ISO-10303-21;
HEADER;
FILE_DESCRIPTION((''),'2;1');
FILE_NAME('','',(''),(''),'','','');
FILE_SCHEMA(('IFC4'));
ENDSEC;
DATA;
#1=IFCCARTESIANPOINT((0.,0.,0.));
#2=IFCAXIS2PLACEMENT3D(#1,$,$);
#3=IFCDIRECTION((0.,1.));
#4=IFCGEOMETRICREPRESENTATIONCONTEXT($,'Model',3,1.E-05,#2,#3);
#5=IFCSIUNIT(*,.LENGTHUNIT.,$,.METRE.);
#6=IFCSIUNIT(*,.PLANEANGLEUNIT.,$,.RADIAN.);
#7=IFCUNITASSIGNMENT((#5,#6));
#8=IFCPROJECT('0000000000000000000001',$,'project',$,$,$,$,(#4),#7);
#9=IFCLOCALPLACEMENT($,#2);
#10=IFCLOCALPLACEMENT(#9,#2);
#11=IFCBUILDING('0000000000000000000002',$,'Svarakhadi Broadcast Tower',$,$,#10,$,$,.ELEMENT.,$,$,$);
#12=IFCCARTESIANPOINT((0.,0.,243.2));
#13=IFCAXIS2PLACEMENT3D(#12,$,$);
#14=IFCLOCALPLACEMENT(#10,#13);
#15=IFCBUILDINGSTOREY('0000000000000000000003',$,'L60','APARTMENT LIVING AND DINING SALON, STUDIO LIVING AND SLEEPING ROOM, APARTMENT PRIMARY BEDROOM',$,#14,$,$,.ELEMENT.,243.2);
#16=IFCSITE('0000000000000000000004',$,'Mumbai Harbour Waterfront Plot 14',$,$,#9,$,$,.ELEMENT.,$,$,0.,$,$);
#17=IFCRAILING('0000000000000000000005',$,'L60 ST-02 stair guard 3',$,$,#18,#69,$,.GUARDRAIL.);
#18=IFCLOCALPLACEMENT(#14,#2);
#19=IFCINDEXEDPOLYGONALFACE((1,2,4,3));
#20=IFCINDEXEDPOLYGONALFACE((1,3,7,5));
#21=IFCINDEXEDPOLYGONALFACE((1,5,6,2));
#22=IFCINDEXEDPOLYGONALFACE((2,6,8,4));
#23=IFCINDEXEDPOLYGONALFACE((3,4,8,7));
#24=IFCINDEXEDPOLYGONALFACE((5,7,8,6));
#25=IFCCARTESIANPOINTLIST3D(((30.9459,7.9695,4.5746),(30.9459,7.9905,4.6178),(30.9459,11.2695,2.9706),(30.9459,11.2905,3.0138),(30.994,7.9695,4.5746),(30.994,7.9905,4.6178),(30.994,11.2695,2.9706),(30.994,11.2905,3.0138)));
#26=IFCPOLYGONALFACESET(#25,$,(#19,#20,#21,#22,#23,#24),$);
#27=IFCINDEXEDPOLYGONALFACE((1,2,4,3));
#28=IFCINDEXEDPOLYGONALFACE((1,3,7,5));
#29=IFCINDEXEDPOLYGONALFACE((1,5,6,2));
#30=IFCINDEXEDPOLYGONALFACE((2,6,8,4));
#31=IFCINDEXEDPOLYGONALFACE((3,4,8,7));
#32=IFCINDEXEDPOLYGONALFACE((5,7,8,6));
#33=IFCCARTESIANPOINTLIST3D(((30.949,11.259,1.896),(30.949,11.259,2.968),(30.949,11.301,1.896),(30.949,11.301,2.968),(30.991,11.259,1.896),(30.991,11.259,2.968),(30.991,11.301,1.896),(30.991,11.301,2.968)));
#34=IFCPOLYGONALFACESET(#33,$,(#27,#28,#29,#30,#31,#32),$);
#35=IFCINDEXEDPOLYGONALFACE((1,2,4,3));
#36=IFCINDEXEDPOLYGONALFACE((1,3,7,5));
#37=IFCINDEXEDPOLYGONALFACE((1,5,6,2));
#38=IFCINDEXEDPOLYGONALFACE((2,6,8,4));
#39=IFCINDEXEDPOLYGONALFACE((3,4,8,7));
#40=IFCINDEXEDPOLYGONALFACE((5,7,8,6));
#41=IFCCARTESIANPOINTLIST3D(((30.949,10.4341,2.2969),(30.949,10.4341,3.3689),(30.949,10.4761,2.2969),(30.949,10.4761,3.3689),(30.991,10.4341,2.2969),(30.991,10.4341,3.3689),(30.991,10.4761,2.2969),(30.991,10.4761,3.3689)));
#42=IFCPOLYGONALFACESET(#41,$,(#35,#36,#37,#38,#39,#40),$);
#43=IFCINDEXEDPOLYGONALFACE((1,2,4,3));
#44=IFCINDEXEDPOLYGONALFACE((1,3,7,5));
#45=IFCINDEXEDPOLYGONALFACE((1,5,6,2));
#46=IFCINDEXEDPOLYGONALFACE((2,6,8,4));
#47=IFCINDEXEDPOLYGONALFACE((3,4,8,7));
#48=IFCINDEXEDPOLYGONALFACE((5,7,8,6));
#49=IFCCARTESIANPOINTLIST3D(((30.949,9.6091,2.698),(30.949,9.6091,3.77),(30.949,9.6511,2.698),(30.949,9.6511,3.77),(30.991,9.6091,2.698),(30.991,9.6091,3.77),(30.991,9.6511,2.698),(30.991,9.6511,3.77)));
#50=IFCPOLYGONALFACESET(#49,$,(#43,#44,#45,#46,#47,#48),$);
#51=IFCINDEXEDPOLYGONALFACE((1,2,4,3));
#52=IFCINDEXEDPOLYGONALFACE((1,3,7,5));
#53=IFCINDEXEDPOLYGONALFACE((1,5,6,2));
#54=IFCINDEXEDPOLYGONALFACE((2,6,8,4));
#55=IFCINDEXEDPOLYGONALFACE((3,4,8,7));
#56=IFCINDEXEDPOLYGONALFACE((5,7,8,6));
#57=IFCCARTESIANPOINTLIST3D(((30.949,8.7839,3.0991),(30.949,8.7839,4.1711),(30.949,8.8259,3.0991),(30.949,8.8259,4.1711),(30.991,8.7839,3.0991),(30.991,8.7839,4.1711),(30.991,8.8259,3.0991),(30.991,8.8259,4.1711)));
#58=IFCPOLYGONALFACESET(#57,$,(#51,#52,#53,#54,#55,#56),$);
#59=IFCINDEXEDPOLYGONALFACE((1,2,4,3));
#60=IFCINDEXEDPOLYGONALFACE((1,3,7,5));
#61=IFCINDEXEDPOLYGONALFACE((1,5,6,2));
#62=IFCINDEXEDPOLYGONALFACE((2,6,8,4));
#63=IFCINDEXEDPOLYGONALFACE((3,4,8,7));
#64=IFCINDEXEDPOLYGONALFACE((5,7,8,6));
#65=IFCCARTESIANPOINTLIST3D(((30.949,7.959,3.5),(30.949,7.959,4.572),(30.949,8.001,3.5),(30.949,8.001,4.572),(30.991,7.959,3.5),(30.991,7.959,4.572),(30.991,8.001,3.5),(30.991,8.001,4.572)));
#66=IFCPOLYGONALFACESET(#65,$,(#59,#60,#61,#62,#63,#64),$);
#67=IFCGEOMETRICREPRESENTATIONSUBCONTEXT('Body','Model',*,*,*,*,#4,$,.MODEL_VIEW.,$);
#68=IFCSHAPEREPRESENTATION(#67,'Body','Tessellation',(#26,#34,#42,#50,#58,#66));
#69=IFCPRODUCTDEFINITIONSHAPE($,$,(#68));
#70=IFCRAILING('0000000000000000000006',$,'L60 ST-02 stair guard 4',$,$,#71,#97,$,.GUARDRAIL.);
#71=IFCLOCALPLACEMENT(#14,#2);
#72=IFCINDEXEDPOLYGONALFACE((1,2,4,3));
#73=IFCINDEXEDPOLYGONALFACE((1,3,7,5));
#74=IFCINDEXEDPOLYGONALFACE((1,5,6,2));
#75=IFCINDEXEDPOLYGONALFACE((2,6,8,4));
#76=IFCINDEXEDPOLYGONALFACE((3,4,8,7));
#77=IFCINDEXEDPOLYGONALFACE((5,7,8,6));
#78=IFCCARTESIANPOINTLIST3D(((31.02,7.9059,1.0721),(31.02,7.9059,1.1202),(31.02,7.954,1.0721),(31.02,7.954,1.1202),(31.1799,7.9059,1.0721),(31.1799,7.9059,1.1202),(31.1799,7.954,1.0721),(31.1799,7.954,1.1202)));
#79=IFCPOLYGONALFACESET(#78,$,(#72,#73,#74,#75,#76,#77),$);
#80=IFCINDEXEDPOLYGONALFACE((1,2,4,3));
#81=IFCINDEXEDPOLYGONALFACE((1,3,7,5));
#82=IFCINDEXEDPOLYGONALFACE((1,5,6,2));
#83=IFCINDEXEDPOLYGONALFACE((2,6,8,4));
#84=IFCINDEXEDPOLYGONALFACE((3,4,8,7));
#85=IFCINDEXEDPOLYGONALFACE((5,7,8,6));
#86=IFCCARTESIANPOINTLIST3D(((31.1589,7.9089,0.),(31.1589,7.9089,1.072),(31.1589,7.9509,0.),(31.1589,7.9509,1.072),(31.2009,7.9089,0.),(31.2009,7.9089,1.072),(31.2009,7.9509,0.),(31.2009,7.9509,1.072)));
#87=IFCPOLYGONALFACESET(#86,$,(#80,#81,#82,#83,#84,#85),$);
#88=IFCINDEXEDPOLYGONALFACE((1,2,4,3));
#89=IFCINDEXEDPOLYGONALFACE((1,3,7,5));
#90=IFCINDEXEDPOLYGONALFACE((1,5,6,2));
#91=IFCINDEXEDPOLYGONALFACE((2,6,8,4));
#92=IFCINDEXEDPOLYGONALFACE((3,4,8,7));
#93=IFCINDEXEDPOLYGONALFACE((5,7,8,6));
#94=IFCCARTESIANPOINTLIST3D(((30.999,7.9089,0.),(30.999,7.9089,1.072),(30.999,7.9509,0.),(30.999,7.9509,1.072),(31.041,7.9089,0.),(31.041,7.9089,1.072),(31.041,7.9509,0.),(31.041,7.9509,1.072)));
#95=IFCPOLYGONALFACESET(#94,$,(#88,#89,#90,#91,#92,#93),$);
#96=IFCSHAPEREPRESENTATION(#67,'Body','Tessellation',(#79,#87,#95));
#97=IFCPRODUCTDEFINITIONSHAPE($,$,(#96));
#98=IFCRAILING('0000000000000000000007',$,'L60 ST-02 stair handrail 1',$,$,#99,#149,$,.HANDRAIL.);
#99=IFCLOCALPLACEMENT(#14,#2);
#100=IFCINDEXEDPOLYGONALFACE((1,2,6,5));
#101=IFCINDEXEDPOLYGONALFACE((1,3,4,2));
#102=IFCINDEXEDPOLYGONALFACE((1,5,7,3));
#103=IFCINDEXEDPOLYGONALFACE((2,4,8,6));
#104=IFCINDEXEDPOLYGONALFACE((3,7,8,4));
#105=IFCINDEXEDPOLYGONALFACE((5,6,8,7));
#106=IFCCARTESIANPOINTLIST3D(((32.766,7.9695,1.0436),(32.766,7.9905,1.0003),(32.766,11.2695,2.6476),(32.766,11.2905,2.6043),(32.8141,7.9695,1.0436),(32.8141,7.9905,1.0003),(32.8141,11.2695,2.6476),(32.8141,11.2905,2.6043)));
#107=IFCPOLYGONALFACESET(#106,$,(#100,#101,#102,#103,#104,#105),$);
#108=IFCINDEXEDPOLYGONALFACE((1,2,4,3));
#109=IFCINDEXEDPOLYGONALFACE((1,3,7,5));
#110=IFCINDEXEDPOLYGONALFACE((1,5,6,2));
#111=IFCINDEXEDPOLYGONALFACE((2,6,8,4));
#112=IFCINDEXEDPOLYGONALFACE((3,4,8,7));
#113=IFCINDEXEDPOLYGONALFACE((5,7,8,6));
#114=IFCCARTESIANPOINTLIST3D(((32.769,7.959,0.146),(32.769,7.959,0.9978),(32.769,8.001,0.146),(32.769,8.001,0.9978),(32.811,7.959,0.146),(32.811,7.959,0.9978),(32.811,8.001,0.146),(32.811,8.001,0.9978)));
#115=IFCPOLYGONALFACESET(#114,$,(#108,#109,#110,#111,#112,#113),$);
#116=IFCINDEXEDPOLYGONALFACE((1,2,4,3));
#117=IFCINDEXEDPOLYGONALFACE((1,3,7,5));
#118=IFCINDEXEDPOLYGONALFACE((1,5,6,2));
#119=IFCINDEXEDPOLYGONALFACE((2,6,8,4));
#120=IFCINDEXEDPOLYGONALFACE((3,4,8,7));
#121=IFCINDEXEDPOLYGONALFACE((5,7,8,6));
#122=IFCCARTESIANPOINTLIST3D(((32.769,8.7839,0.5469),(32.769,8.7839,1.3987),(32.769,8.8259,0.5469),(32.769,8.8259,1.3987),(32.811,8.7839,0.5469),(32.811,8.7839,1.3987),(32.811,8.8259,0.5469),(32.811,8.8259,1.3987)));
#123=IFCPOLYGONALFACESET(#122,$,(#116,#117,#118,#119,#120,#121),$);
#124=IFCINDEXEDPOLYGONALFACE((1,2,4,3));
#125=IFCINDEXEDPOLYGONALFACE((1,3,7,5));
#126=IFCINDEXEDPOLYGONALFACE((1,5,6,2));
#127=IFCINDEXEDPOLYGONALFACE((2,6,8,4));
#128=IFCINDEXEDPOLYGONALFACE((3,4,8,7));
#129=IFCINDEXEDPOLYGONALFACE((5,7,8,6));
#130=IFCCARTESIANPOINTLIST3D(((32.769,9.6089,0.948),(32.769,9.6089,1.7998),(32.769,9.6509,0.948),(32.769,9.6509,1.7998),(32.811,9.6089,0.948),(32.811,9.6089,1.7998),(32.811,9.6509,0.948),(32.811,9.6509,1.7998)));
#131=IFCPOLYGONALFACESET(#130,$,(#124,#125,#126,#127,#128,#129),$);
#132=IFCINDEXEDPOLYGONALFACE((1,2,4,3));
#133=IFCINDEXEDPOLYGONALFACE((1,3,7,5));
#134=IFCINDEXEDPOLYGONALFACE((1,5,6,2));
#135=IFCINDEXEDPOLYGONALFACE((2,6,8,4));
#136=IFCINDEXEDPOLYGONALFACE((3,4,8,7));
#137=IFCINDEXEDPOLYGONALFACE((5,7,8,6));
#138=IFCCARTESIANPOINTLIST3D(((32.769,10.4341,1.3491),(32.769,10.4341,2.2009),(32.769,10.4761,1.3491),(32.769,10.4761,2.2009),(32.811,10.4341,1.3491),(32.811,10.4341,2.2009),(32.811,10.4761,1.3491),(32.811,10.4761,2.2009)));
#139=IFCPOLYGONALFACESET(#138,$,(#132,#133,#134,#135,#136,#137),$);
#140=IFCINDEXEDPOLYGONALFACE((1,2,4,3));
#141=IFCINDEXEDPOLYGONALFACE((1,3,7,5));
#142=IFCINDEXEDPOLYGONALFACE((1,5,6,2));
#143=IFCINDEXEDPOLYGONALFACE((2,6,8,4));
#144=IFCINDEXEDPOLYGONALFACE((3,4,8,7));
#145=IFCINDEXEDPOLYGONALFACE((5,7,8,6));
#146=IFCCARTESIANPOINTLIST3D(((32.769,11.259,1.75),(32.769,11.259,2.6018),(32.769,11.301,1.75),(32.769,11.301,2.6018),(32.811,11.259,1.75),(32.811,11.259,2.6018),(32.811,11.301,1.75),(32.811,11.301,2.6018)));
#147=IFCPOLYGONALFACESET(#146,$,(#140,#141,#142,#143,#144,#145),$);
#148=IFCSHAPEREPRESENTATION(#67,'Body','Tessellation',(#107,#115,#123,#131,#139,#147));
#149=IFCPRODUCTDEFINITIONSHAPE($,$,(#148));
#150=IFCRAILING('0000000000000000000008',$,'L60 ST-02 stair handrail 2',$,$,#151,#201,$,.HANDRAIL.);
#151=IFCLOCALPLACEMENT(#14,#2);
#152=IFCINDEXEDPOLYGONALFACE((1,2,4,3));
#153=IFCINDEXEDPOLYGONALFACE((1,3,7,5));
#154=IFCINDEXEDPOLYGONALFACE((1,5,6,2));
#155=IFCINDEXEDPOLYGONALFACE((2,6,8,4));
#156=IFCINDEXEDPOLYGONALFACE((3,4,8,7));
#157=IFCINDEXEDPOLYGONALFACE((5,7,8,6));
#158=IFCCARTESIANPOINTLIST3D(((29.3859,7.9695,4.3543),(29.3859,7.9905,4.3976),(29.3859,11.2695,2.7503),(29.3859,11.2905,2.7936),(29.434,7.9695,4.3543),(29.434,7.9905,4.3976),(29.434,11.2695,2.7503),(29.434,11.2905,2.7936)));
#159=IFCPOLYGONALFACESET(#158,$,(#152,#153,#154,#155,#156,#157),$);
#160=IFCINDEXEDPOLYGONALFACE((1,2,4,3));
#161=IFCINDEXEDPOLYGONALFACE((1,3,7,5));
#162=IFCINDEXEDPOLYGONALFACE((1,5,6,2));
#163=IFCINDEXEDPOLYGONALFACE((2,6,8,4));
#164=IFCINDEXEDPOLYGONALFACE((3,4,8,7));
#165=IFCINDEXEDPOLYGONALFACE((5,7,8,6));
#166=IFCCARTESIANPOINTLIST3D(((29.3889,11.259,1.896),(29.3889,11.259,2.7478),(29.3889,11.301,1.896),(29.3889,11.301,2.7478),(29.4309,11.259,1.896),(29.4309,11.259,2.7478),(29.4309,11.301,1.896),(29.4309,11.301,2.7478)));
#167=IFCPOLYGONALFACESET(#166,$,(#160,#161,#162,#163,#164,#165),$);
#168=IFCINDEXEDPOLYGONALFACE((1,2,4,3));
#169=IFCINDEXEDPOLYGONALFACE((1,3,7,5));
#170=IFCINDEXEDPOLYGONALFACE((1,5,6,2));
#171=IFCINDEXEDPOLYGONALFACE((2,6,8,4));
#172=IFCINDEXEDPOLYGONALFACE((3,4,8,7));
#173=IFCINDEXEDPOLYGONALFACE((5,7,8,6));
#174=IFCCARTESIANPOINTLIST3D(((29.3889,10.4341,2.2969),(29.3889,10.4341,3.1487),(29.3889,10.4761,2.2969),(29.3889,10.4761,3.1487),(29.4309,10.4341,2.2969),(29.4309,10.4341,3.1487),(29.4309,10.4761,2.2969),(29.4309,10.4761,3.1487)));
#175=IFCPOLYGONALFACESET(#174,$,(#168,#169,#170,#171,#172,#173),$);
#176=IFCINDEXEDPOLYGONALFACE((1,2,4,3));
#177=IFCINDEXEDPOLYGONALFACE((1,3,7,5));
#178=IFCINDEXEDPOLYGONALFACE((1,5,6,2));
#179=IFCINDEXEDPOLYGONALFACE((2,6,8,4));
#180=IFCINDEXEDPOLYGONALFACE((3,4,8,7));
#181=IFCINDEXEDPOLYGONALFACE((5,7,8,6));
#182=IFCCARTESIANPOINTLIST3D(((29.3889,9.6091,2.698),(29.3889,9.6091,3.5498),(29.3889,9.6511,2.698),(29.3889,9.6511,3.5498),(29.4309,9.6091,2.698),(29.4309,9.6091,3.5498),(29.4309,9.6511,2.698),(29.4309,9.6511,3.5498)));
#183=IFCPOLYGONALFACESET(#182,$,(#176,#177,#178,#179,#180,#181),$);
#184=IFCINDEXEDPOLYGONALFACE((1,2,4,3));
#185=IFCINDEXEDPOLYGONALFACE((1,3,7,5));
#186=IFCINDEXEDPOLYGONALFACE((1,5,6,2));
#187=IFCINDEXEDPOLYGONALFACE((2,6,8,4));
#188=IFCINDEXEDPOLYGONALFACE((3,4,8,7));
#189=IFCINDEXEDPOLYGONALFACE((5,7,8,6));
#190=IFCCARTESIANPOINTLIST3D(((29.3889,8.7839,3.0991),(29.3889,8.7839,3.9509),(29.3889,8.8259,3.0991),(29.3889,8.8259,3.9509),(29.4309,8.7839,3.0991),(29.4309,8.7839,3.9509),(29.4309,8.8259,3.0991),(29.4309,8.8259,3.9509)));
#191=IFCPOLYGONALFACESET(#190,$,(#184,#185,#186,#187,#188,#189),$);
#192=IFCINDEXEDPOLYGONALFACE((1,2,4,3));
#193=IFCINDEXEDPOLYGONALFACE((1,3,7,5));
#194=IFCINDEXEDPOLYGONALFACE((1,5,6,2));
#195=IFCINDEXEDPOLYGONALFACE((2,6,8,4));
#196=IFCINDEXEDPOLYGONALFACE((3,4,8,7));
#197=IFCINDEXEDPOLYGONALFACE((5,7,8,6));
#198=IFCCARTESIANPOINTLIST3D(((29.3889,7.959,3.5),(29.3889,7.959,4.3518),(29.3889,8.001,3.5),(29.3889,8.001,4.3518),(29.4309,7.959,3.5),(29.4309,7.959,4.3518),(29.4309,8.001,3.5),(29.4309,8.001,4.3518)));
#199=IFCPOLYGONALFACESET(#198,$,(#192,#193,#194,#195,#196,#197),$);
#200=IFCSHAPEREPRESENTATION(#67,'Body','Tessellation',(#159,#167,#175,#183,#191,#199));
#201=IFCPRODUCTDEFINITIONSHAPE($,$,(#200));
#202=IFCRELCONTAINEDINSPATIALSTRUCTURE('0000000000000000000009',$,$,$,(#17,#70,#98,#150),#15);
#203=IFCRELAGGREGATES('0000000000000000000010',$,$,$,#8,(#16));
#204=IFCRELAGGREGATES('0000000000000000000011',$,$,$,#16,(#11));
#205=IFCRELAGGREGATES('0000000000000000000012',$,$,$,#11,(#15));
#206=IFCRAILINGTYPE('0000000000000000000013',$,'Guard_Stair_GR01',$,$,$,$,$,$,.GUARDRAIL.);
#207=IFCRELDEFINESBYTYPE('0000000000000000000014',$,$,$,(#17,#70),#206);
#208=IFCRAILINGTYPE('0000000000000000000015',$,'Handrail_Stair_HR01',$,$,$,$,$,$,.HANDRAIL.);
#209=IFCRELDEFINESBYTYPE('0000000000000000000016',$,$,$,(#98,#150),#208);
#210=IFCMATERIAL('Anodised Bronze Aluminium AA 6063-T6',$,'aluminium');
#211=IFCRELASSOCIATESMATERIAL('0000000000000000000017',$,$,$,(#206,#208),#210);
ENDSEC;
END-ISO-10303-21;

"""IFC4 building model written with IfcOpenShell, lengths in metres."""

from ifc_helpers import new_model, si_unit, direction, frame, origin, origin_2d, place, context, subcontext, project, spatial, rectangle, extrude, material, type_object, element, save


model = new_model("IFC4")

# Units and contexts
model_context = context("Model", 3, precision=1e-05, world=origin(), true_north=direction((0.0, 1.0)))
body_context = subcontext(model_context, "Body", "Model", "MODEL_VIEW")
ifc_project = project(units=[si_unit("LENGTHUNIT", "METRE"), si_unit("PLANEANGLEUNIT", "RADIAN")], contexts=[model_context])

# Site, building, storey
site_placement = place(None, origin())
site = spatial("IfcSite", under=ifc_project, at=site_placement, Name="Mumbai Harbour Waterfront Plot 14", CompositionType="ELEMENT", RefElevation=0.0)
building_placement = place(site_placement, origin())
building = spatial("IfcBuilding", under=site, at=building_placement, Name="Svarakhadi Broadcast Tower", CompositionType="ELEMENT")
storey_placement = place(building_placement, frame((0.0, 0.0, 243.2)))
storey = spatial("IfcBuildingStorey", under=building, at=storey_placement, Name="L60", Description="APARTMENT LIVING AND DINING SALON, STUDIO LIVING AND SLEEPING ROOM, APARTMENT PRIMARY BEDROOM", CompositionType="ELEMENT", Elevation=243.2)

# Shared definitions
ifc_material_1 = material(Name="Anodised Bronze Aluminium AA 6063-T6", Category="aluminium")

# Railings
railing_type_1 = type_object("IfcRailingType", Name="Guard_Stair_GR01", PredefinedType="GUARDRAIL", material=ifc_material_1)
railing_1_placement = place(storey_placement, frame((30.97, 11.28, 1.896)))
element("IfcRailing", 1, at=railing_1_placement, inside=storey, type_object=railing_type_1, Name="L60 ST-02 stair guard 3", PredefinedType="GUARDRAIL", context=body_context, shape_type="SweptSolid", body=[
    extrude(rectangle(XDim=0.0481, YDim=0.0481, at=origin_2d()), frame((0.0, 0.0, 1.0962), z_axis=(0.0, -0.899388, 0.437152), x_axis=(1.0, 0.0, 0.0)), (0.0, 0.0, 1.0), 3.6692),
    extrude(rectangle(XDim=0.042, YDim=0.042, at=origin_2d()), origin(), (0.0, 0.0, 1.0), 1.072),
    extrude(rectangle(XDim=0.042, YDim=0.042, at=origin_2d()), frame((0.0, -0.825, 0.4009)), (0.0, 0.0, 1.0), 1.072),
    extrude(rectangle(XDim=0.042, YDim=0.042, at=origin_2d()), frame((0.0, -1.6499, 0.802)), (0.0, 0.0, 1.0), 1.072),
    extrude(rectangle(XDim=0.042, YDim=0.042, at=origin_2d()), frame((0.0, -2.4751, 1.2031)), (0.0, 0.0, 1.0), 1.072),
    extrude(rectangle(XDim=0.042, YDim=0.042, at=origin_2d()), frame((0.0, -3.3, 1.604)), (0.0, 0.0, 1.0), 1.072),
])
railing_2_placement = place(storey_placement, frame((31.1799, 7.9299, 0.0)))
element("IfcRailing", 2, at=railing_2_placement, inside=storey, type_object=railing_type_1, Name="L60 ST-02 stair guard 4", PredefinedType="GUARDRAIL", context=body_context, shape_type="SweptSolid", body=[
    extrude(rectangle(XDim=0.0481, YDim=0.0481, at=origin_2d()), frame((0.0, 0.0, 1.0962), z_axis=(-1.0, 0.0, 0.0), x_axis=(0.0, -1.0, 0.0)), (0.0, 0.0, 1.0), 0.1599),
    extrude(rectangle(XDim=0.042, YDim=0.042, at=origin_2d()), origin(), (0.0, 0.0, 1.0), 1.072),
    extrude(rectangle(XDim=0.042, YDim=0.042, at=origin_2d()), frame((-0.1599, 0.0, 0.0)), (0.0, 0.0, 1.0), 1.072),
])
railing_type_2 = type_object("IfcRailingType", Name="Handrail_Stair_HR01", PredefinedType="HANDRAIL", material=ifc_material_1)
railing_3_placement = place(storey_placement, frame((32.79, 7.98, 0.146)))
element("IfcRailing", 3, at=railing_3_placement, inside=storey, type_object=railing_type_2, Name="L60 ST-02 stair handrail 1", PredefinedType="HANDRAIL", context=body_context, shape_type="SweptSolid", body=[
    extrude(rectangle(XDim=0.0481, YDim=0.0481, at=origin_2d()), frame((0.0, 0.0, 0.876), z_axis=(0.0, 0.899388, 0.437152), x_axis=(-1.0, 0.0, 0.0)), (0.0, 0.0, 1.0), 3.6692),
    extrude(rectangle(XDim=0.042, YDim=0.042, at=origin_2d()), origin(), (0.0, 0.0, 1.0), 0.8518),
    extrude(rectangle(XDim=0.042, YDim=0.042, at=origin_2d()), frame((0.0, 0.825, 0.4009)), (0.0, 0.0, 1.0), 0.8518),
    extrude(rectangle(XDim=0.042, YDim=0.042, at=origin_2d()), frame((0.0, 1.6499, 0.802)), (0.0, 0.0, 1.0), 0.8518),
    extrude(rectangle(XDim=0.042, YDim=0.042, at=origin_2d()), frame((0.0, 2.4751, 1.2031)), (0.0, 0.0, 1.0), 0.8518),
    extrude(rectangle(XDim=0.042, YDim=0.042, at=origin_2d()), frame((0.0, 3.3, 1.604)), (0.0, 0.0, 1.0), 0.8518),
])
railing_4_placement = place(storey_placement, frame((29.4099, 11.28, 1.896)))
element("IfcRailing", 4, at=railing_4_placement, inside=storey, type_object=railing_type_2, Name="L60 ST-02 stair handrail 2", PredefinedType="HANDRAIL", context=body_context, shape_type="SweptSolid", body=[
    extrude(rectangle(XDim=0.0481, YDim=0.0481, at=origin_2d()), frame((0.0, 0.0, 0.876), z_axis=(0.0, -0.899388, 0.437152), x_axis=(1.0, 0.0, 0.0)), (0.0, 0.0, 1.0), 3.6692),
    extrude(rectangle(XDim=0.042, YDim=0.042, at=origin_2d()), origin(), (0.0, 0.0, 1.0), 0.8518),
    extrude(rectangle(XDim=0.042, YDim=0.042, at=origin_2d()), frame((0.0, -0.825, 0.4009)), (0.0, 0.0, 1.0), 0.8518),
    extrude(rectangle(XDim=0.042, YDim=0.042, at=origin_2d()), frame((0.0, -1.6499, 0.802)), (0.0, 0.0, 1.0), 0.8518),
    extrude(rectangle(XDim=0.042, YDim=0.042, at=origin_2d()), frame((0.0, -2.4751, 1.2031)), (0.0, 0.0, 1.0), 0.8518),
    extrude(rectangle(XDim=0.042, YDim=0.042, at=origin_2d()), frame((0.0, -3.3, 1.604)), (0.0, 0.0, 1.0), 0.8518),
])

save(model, "model.ifc")
